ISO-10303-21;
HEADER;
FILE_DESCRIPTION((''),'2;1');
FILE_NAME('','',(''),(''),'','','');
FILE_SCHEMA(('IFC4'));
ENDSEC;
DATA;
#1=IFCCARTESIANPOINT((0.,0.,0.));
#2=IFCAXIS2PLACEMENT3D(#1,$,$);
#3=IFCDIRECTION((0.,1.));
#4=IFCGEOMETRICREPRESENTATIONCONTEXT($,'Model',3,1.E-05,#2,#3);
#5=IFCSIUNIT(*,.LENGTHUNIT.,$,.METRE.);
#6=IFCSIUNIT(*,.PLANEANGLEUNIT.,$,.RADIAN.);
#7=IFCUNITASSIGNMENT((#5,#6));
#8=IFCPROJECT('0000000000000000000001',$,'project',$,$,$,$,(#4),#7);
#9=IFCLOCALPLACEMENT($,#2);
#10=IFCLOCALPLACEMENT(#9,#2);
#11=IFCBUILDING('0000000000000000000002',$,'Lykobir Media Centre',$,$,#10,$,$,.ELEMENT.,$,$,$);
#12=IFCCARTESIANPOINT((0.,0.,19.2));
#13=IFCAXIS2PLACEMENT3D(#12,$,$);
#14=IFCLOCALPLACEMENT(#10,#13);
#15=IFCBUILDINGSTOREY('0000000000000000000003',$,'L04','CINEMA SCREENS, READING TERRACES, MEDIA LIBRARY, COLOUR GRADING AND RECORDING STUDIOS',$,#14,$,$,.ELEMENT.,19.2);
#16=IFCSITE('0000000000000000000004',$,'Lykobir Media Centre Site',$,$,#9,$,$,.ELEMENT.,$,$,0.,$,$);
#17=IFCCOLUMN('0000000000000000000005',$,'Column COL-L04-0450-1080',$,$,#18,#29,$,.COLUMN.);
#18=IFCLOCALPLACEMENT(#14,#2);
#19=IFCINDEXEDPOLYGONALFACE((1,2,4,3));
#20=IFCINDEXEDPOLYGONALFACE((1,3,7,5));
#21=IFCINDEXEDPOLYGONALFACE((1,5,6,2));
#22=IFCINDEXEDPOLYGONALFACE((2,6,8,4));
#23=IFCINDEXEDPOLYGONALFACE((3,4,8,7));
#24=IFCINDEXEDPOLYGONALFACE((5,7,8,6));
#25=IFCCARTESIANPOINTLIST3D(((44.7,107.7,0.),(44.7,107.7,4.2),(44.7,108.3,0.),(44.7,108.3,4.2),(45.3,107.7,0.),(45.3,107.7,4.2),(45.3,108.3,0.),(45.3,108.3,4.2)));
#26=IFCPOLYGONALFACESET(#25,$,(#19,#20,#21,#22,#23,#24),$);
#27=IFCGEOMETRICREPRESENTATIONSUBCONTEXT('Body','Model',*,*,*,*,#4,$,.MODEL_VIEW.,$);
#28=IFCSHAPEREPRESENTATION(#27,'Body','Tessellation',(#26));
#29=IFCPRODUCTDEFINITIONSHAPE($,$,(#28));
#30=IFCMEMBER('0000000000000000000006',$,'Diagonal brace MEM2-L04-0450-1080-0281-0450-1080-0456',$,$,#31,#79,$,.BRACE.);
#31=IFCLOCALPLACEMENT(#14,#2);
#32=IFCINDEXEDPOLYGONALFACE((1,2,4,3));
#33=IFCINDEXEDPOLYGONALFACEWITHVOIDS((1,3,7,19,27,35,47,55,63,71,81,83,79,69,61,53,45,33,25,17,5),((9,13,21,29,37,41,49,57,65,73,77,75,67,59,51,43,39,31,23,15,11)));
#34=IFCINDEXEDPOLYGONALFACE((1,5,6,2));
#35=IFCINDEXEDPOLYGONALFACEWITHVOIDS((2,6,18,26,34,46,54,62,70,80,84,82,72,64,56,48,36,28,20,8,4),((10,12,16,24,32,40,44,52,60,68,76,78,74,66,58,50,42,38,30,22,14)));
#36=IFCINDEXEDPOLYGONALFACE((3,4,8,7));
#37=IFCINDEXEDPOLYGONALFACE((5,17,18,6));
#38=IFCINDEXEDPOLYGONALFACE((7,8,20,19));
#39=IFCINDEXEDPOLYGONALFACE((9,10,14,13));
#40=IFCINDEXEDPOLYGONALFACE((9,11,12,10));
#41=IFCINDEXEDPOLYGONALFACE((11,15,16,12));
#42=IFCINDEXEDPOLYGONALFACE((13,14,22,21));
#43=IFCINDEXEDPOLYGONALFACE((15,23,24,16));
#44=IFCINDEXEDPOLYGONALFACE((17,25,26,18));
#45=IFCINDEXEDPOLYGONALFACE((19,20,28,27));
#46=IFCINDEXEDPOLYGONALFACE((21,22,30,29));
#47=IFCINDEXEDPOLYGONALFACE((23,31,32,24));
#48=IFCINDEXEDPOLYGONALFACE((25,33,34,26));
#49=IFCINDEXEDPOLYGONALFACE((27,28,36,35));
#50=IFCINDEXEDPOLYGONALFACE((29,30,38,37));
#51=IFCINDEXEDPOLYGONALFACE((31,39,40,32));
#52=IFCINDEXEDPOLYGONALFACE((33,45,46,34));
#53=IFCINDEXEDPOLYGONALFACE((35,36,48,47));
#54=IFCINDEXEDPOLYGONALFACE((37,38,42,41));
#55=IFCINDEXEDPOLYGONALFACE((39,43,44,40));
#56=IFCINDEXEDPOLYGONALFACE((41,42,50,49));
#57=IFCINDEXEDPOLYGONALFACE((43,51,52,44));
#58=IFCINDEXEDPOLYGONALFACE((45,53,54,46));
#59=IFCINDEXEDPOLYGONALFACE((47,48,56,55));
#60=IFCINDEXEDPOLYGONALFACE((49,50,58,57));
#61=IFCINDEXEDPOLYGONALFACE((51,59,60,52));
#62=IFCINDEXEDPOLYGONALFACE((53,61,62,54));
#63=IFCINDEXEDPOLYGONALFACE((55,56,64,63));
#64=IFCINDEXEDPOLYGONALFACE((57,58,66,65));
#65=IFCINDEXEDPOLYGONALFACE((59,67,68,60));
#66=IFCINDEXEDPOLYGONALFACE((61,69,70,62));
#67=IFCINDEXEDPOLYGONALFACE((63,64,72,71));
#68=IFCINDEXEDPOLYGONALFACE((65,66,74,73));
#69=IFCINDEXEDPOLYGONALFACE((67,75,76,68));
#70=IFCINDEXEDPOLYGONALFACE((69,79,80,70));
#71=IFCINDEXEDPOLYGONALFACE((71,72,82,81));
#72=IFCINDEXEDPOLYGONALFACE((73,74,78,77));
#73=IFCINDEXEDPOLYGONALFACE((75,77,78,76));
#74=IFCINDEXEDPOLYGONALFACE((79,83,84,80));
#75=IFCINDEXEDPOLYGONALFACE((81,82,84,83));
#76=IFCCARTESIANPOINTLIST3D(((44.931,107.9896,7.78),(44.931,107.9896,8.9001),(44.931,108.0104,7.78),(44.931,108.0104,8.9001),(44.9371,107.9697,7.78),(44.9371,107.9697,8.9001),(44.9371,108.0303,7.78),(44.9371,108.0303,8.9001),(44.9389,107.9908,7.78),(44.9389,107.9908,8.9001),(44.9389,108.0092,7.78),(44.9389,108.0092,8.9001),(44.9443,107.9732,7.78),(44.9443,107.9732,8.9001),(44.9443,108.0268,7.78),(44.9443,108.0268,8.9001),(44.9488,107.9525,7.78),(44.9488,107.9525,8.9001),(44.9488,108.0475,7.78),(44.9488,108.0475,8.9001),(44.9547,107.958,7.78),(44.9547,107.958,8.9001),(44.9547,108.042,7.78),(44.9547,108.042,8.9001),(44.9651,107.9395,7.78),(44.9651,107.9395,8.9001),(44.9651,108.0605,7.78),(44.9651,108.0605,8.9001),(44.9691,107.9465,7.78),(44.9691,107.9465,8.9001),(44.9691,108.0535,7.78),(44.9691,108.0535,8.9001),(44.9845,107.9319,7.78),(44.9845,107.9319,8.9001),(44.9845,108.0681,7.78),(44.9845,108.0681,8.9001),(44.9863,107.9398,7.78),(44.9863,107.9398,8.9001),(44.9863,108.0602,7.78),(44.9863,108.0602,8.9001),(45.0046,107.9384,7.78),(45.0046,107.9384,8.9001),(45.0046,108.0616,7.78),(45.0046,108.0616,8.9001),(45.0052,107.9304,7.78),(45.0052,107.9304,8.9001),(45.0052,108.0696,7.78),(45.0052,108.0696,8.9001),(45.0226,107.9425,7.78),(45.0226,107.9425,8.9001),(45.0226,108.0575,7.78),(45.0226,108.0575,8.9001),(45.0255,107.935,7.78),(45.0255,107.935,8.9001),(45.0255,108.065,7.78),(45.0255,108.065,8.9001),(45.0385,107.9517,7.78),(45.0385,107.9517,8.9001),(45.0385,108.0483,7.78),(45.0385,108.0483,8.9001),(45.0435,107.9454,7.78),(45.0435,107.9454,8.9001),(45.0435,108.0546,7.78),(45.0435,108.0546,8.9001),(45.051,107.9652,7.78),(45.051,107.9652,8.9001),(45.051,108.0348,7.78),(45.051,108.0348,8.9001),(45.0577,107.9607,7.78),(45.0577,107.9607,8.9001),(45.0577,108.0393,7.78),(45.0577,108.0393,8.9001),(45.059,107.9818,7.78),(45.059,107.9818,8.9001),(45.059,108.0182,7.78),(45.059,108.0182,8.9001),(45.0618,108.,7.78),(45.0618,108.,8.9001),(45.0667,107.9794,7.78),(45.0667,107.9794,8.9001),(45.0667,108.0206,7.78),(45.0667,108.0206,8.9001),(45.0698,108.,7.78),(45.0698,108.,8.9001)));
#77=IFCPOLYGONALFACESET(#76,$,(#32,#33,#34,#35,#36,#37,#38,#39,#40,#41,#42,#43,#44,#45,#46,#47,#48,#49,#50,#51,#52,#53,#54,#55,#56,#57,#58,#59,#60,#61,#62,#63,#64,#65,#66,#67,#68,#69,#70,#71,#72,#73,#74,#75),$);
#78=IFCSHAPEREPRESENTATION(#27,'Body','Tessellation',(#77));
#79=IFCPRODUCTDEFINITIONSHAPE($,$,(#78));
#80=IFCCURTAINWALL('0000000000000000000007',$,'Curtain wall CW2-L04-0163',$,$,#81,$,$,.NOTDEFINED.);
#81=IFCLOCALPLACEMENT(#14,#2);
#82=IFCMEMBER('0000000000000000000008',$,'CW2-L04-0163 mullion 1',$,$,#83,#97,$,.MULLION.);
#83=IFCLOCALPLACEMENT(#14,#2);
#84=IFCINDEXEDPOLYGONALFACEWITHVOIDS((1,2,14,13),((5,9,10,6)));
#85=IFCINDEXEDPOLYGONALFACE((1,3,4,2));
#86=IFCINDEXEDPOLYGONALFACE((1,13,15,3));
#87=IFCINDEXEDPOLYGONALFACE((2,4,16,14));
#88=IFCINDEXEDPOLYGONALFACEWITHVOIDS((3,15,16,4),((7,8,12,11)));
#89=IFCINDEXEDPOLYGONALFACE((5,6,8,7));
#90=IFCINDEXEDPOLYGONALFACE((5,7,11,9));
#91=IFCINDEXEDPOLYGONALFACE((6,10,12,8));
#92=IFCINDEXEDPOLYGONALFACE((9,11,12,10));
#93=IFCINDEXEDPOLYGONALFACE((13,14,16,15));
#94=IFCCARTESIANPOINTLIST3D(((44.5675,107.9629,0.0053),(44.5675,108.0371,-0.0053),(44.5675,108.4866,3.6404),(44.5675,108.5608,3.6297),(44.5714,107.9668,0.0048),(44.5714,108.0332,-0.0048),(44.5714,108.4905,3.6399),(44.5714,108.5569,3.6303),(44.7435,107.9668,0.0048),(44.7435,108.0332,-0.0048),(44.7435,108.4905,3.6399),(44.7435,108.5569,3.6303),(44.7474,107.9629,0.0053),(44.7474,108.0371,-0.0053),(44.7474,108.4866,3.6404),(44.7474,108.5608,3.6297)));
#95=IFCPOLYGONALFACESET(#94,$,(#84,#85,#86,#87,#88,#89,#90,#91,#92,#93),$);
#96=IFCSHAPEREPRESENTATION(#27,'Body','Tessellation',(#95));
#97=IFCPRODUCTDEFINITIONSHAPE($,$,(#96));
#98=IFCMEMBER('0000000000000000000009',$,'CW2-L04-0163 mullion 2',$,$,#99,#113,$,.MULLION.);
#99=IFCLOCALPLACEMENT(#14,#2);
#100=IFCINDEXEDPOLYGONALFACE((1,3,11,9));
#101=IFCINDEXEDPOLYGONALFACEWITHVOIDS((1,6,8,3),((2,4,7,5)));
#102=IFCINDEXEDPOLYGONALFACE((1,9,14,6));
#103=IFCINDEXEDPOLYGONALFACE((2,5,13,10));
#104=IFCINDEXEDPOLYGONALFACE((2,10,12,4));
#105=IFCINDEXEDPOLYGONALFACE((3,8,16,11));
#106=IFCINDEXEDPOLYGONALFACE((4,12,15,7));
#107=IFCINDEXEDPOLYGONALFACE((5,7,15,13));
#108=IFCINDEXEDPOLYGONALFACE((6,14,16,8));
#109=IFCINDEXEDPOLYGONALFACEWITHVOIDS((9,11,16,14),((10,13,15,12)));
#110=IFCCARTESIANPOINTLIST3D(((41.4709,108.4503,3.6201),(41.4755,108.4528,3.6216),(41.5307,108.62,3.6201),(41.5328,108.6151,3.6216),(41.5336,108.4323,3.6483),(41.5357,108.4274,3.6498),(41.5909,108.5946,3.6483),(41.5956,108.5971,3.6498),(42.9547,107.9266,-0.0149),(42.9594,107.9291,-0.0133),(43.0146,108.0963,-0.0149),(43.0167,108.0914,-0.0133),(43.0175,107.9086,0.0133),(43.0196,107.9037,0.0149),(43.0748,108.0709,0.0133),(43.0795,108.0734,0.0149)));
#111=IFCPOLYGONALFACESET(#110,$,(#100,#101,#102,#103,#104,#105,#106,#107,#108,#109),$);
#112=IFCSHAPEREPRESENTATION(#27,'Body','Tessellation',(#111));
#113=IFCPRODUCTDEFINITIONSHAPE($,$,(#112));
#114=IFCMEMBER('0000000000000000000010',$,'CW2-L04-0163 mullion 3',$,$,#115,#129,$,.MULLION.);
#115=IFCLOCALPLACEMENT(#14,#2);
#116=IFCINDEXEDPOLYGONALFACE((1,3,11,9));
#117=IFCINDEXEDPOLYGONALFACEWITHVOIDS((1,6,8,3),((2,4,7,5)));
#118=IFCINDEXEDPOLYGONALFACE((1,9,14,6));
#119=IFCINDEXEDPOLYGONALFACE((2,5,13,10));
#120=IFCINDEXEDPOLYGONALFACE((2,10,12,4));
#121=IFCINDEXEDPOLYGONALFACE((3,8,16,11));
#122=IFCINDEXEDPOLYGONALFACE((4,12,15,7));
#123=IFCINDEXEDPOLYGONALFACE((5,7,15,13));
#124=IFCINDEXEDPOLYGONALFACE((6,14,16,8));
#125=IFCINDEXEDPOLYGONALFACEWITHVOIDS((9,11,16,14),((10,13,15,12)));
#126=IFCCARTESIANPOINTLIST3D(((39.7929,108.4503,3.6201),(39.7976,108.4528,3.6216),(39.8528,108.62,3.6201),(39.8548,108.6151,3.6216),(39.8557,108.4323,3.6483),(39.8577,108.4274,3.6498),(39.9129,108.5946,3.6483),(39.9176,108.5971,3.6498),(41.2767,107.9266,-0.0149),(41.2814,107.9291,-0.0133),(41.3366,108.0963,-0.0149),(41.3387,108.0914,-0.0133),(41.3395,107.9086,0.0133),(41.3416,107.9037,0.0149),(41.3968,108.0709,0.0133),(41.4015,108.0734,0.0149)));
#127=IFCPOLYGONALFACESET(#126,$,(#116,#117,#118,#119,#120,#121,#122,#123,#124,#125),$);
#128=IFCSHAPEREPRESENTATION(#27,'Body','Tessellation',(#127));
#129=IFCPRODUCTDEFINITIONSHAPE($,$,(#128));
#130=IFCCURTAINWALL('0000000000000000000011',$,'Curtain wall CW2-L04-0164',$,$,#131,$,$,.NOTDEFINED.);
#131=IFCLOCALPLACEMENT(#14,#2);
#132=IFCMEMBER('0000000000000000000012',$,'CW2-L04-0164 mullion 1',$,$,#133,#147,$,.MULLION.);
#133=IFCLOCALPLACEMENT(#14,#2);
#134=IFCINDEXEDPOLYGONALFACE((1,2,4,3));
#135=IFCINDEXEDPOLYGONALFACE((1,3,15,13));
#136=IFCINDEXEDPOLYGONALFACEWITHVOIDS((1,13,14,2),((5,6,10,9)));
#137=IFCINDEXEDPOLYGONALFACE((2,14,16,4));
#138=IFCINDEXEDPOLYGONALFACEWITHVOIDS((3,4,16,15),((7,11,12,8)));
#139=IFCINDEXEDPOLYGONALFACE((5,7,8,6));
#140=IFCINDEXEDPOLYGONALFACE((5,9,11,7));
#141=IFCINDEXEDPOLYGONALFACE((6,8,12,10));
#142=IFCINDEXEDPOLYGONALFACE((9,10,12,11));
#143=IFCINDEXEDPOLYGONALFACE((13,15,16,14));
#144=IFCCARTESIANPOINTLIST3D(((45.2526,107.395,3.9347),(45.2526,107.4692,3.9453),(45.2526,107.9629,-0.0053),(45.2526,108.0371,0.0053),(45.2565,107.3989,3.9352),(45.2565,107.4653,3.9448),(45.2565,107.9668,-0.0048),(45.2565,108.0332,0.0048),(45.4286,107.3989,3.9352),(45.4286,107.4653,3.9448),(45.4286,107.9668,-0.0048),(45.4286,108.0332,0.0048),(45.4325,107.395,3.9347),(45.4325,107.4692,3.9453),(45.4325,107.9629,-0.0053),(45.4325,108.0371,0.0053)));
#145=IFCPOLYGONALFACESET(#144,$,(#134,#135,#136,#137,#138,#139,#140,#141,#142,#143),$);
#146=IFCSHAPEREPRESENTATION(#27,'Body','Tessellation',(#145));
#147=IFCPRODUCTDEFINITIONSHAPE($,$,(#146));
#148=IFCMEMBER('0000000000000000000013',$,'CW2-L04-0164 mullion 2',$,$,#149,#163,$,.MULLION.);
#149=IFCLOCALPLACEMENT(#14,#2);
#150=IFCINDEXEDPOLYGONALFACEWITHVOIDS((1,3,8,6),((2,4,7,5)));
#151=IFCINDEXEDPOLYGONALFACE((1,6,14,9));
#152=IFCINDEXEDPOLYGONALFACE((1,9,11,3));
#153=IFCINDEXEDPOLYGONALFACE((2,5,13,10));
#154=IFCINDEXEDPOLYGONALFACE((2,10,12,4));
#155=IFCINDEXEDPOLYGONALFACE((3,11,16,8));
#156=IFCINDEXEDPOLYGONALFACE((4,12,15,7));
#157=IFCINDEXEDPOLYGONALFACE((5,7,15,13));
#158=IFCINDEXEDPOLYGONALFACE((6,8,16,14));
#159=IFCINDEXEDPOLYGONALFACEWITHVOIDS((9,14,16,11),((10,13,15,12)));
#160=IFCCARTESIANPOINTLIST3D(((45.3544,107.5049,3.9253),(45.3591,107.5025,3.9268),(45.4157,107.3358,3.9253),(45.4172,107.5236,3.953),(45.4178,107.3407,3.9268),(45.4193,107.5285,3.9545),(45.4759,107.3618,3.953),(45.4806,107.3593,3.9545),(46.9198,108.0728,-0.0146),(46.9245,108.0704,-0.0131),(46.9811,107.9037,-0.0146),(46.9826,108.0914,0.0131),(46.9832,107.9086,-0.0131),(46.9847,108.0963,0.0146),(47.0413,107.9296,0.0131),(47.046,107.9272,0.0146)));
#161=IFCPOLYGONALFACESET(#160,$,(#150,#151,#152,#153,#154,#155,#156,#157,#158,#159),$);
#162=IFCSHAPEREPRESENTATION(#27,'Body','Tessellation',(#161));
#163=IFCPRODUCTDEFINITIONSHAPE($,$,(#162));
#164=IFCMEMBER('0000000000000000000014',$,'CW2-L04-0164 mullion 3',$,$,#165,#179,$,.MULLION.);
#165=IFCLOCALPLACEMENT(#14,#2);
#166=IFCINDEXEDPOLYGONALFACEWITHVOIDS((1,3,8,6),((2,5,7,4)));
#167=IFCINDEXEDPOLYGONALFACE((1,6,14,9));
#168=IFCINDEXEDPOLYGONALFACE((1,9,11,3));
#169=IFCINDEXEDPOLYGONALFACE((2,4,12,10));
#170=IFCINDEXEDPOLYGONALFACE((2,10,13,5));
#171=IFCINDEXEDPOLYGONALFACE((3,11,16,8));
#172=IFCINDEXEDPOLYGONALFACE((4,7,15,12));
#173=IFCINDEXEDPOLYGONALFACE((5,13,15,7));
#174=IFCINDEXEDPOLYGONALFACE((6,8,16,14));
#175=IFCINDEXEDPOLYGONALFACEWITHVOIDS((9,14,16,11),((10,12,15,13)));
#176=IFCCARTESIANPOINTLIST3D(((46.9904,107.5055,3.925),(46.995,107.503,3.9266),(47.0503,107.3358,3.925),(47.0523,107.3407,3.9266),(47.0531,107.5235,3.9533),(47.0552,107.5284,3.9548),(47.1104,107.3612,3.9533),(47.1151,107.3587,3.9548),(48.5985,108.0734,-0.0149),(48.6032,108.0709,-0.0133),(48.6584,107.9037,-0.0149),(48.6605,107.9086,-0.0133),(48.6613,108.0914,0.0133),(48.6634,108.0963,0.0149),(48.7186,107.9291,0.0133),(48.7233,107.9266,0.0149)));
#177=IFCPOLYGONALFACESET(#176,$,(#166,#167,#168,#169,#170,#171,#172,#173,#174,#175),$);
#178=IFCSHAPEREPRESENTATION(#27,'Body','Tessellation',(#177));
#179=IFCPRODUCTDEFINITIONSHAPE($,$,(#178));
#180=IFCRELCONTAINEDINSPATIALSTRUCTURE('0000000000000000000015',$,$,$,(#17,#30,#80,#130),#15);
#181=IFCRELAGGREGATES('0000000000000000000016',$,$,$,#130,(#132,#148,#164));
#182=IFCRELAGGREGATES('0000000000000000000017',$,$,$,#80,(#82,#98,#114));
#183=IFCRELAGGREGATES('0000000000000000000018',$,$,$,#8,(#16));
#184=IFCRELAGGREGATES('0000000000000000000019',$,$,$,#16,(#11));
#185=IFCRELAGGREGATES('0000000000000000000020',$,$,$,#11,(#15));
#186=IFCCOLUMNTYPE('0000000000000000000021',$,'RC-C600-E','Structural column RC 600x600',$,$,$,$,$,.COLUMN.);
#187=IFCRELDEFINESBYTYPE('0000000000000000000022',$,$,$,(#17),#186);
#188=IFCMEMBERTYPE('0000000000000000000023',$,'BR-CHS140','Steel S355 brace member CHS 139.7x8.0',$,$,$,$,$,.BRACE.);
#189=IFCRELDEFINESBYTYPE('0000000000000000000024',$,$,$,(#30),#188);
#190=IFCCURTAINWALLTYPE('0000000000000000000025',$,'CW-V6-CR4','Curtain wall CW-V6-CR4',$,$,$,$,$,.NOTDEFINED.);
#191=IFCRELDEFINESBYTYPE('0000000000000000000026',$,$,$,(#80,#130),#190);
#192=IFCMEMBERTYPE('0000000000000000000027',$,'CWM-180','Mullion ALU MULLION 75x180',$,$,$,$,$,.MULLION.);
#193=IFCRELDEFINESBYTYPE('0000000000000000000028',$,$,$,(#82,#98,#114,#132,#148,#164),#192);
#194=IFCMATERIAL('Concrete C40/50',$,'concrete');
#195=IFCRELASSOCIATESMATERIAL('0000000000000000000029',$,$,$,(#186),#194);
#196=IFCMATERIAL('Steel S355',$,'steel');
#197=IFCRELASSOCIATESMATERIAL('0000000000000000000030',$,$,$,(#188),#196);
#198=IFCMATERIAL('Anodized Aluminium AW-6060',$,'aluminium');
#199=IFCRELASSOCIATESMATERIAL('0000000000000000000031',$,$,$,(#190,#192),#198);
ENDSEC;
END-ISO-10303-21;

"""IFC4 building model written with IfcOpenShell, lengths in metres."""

from ifc_helpers import new_model, si_unit, direction, frame, origin, origin_2d, place, context, subcontext, project, spatial, rectangle, hollow_rectangle, hollow_circle, extrude, material, material_profile, profile_set, type_object, element, aggregate, save


model = new_model("IFC4")

# Units and contexts
model_context = context("Model", 3, precision=1e-05, world=origin(), true_north=direction((0.0, 1.0)))
body_context = subcontext(model_context, "Body", "Model", "MODEL_VIEW")
ifc_project = project(units=[si_unit("LENGTHUNIT", "METRE"), si_unit("PLANEANGLEUNIT", "RADIAN")], contexts=[model_context])

# Site, building, storey
site_placement = place(None, origin())
site = spatial("IfcSite", under=ifc_project, at=site_placement, Name="Lykobir Media Centre Site", CompositionType="ELEMENT", RefElevation=0.0)
building_placement = place(site_placement, origin())
building = spatial("IfcBuilding", under=site, at=building_placement, Name="Lykobir Media Centre", CompositionType="ELEMENT")
storey_placement = place(building_placement, frame((0.0, 0.0, 19.2)))
storey = spatial("IfcBuildingStorey", under=building, at=storey_placement, Name="L04", Description="CINEMA SCREENS, READING TERRACES, MEDIA LIBRARY, COLOUR GRADING AND RECORDING STUDIOS", CompositionType="ELEMENT", Elevation=19.2)

# Column
ifc_material_1 = material(Name="Concrete C40/50", Category="concrete")
ifc_material_profile_1 = material_profile(ifc_material_1, rectangle(XDim=0.6001, YDim=0.6001, at=origin_2d()), Name="RC 600x600")
ifc_profile_set_1 = profile_set([ifc_material_profile_1], Name="Concrete C40/50")
column_type = type_object("IfcColumnType", Name="RC-C600-E", Description="Structural column RC 600x600", PredefinedType="COLUMN", material=ifc_profile_set_1)
column_placement = place(storey_placement, frame((45.0, 108.0, 0.0), z_axis=(0.0, 0.0, 1.0), x_axis=(1.0, 0.0, 0.0)))
element("IfcColumn", 1, at=column_placement, inside=storey, type_object=column_type, Name="Column COL-L04-0450-1080", PredefinedType="COLUMN", context=body_context, shape_type="SweptSolid", body=[
    extrude(rectangle(XDim=0.6001, YDim=0.6001, at=origin_2d()), origin(), (0.0, 0.0, 1.0), 4.2),
])

# Member
ifc_material_2 = material(Name="Steel S355", Category="steel")
ifc_material_profile_2 = material_profile(ifc_material_2, hollow_circle(Radius=0.0698, WallThickness=0.0081, at=origin_2d()), Name="CHS 139.7x8.0")
ifc_profile_set_2 = profile_set([ifc_material_profile_2], Name="Steel S355")
member_type_1 = type_object("IfcMemberType", Name="BR-CHS140", Description="Steel S355 brace member CHS 139.7x8.0", PredefinedType="BRACE", material=ifc_profile_set_2)
member_1_placement = place(storey_placement, frame((45.0, 108.0, 8.9001), z_axis=(0.0, 0.0, -1.0), x_axis=(1.0, 0.0, 0.0)))
element("IfcMember", 2, at=member_1_placement, inside=storey, type_object=member_type_1, Name="Diagonal brace MEM2-L04-0450-1080-0281-0450-1080-0456", PredefinedType="BRACE", context=body_context, shape_type="SweptSolid", body=[
    extrude(hollow_circle(Radius=0.0698, WallThickness=0.0081, at=origin_2d()), origin(), (0.0, 0.0, 1.0), 1.1201),
])

# Curtain walls, members
ifc_material_3 = material(Name="Anodized Aluminium AW-6060", Category="aluminium")
curtain_wall_type_1 = type_object("IfcCurtainWallType", Name="CW-V6-CR4", Description="Curtain wall CW-V6-CR4", PredefinedType="NOTDEFINED", material=ifc_material_3)
curtain_wall_1_placement = place(storey_placement, origin())
curtain_wall_1 = element("IfcCurtainWall", 3, at=curtain_wall_1_placement, inside=storey, type_object=curtain_wall_type_1, Name="Curtain wall CW2-L04-0163", PredefinedType="NOTDEFINED")
ifc_material_profile_3 = material_profile(ifc_material_3, hollow_rectangle(XDim=0.075, YDim=0.1799, WallThickness=0.0039, at=origin_2d()), Name="ALU MULLION 75x180")
ifc_profile_set_3 = profile_set([ifc_material_profile_3], Name="Anodized Aluminium AW-6060")
member_type_2 = type_object("IfcMemberType", Name="CWM-180", Description="Mullion ALU MULLION 75x180", PredefinedType="MULLION", material=ifc_profile_set_3)
member_2_placement = place(storey_placement, frame((44.6575, 108.0, 0.0), z_axis=(0.0, 0.142594, 0.989781), x_axis=(0.0, 0.989781, -0.142594)))
member_2 = element("IfcMember", 4, at=member_2_placement, type_object=member_type_2, Name="CW2-L04-0163 mullion 1", PredefinedType="MULLION", context=body_context, shape_type="SweptSolid", body=[
    extrude(hollow_rectangle(XDim=0.075, YDim=0.1799, WallThickness=0.0039, at=origin_2d()), origin(), (0.0, 0.0, 1.0), 3.6726),
])
member_3_placement = place(storey_placement, frame((43.0171, 108.0, 0.0), z_axis=(-0.374625, 0.13221, 0.917702), x_axis=(-0.865392, 0.305407, -0.39727)))
member_3 = element("IfcMember", 5, at=member_3_placement, type_object=member_type_2, Name="CW2-L04-0163 mullion 2", PredefinedType="MULLION", context=body_context, shape_type="SweptSolid", body=[
    extrude(hollow_rectangle(XDim=0.075, YDim=0.1799, WallThickness=0.0039, at=origin_2d()), origin(), (0.0, 0.0, 1.0), 3.9609),
])
member_4_placement = place(storey_placement, frame((41.3391, 108.0, 0.0), z_axis=(-0.374625, 0.13221, 0.917702), x_axis=(-0.865392, 0.305407, -0.39727)))
member_4 = element("IfcMember", 6, at=member_4_placement, type_object=member_type_2, Name="CW2-L04-0163 mullion 3", PredefinedType="MULLION", context=body_context, shape_type="SweptSolid", body=[
    extrude(hollow_rectangle(XDim=0.075, YDim=0.1799, WallThickness=0.0039, at=origin_2d()), origin(), (0.0, 0.0, 1.0), 3.9609),
])
curtain_wall_2_placement = place(storey_placement, origin())
curtain_wall_2 = element("IfcCurtainWall", 7, at=curtain_wall_2_placement, inside=storey, type_object=curtain_wall_type_1, Name="Curtain wall CW2-L04-0164", PredefinedType="NOTDEFINED")
member_5_placement = place(storey_placement, frame((45.3425, 108.0, 0.0), z_axis=(0.0, -0.142658, 0.989772), x_axis=(0.0, 0.989772, 0.142658)))
member_5 = element("IfcMember", 8, at=member_5_placement, type_object=member_type_2, Name="CW2-L04-0164 mullion 1", PredefinedType="MULLION", context=body_context, shape_type="SweptSolid", body=[
    extrude(hollow_rectangle(XDim=0.075, YDim=0.1799, WallThickness=0.0039, at=origin_2d()), origin(), (0.0, 0.0, 1.0), 3.9807),
])
member_6_placement = place(storey_placement, frame((46.9829, 108.0, 0.0), z_axis=(-0.365977, -0.132761, 0.921106), x_axis=(0.865893, 0.314109, 0.389313)))
member_6 = element("IfcMember", 9, at=member_6_placement, type_object=member_type_2, Name="CW2-L04-0164 mullion 2", PredefinedType="MULLION", context=body_context, shape_type="SweptSolid", body=[
    extrude(hollow_rectangle(XDim=0.075, YDim=0.1799, WallThickness=0.0039, at=origin_2d()), origin(), (0.0, 0.0, 1.0), 4.2773),
])
member_7_placement = place(storey_placement, frame((48.6609, 108.0, 0.0), z_axis=(-0.37458, -0.132271, 0.917711), x_axis=(0.865345, 0.30557, 0.397248)))
member_7 = element("IfcMember", 10, at=member_7_placement, type_object=member_type_2, Name="CW2-L04-0164 mullion 3", PredefinedType="MULLION", context=body_context, shape_type="SweptSolid", body=[
    extrude(hollow_rectangle(XDim=0.075, YDim=0.1799, WallThickness=0.0039, at=origin_2d()), origin(), (0.0, 0.0, 1.0), 4.2932),
])

aggregate(curtain_wall_2, [member_5, member_6, member_7])
aggregate(curtain_wall_1, [member_2, member_3, member_4])

save(model, "model.ifc")
